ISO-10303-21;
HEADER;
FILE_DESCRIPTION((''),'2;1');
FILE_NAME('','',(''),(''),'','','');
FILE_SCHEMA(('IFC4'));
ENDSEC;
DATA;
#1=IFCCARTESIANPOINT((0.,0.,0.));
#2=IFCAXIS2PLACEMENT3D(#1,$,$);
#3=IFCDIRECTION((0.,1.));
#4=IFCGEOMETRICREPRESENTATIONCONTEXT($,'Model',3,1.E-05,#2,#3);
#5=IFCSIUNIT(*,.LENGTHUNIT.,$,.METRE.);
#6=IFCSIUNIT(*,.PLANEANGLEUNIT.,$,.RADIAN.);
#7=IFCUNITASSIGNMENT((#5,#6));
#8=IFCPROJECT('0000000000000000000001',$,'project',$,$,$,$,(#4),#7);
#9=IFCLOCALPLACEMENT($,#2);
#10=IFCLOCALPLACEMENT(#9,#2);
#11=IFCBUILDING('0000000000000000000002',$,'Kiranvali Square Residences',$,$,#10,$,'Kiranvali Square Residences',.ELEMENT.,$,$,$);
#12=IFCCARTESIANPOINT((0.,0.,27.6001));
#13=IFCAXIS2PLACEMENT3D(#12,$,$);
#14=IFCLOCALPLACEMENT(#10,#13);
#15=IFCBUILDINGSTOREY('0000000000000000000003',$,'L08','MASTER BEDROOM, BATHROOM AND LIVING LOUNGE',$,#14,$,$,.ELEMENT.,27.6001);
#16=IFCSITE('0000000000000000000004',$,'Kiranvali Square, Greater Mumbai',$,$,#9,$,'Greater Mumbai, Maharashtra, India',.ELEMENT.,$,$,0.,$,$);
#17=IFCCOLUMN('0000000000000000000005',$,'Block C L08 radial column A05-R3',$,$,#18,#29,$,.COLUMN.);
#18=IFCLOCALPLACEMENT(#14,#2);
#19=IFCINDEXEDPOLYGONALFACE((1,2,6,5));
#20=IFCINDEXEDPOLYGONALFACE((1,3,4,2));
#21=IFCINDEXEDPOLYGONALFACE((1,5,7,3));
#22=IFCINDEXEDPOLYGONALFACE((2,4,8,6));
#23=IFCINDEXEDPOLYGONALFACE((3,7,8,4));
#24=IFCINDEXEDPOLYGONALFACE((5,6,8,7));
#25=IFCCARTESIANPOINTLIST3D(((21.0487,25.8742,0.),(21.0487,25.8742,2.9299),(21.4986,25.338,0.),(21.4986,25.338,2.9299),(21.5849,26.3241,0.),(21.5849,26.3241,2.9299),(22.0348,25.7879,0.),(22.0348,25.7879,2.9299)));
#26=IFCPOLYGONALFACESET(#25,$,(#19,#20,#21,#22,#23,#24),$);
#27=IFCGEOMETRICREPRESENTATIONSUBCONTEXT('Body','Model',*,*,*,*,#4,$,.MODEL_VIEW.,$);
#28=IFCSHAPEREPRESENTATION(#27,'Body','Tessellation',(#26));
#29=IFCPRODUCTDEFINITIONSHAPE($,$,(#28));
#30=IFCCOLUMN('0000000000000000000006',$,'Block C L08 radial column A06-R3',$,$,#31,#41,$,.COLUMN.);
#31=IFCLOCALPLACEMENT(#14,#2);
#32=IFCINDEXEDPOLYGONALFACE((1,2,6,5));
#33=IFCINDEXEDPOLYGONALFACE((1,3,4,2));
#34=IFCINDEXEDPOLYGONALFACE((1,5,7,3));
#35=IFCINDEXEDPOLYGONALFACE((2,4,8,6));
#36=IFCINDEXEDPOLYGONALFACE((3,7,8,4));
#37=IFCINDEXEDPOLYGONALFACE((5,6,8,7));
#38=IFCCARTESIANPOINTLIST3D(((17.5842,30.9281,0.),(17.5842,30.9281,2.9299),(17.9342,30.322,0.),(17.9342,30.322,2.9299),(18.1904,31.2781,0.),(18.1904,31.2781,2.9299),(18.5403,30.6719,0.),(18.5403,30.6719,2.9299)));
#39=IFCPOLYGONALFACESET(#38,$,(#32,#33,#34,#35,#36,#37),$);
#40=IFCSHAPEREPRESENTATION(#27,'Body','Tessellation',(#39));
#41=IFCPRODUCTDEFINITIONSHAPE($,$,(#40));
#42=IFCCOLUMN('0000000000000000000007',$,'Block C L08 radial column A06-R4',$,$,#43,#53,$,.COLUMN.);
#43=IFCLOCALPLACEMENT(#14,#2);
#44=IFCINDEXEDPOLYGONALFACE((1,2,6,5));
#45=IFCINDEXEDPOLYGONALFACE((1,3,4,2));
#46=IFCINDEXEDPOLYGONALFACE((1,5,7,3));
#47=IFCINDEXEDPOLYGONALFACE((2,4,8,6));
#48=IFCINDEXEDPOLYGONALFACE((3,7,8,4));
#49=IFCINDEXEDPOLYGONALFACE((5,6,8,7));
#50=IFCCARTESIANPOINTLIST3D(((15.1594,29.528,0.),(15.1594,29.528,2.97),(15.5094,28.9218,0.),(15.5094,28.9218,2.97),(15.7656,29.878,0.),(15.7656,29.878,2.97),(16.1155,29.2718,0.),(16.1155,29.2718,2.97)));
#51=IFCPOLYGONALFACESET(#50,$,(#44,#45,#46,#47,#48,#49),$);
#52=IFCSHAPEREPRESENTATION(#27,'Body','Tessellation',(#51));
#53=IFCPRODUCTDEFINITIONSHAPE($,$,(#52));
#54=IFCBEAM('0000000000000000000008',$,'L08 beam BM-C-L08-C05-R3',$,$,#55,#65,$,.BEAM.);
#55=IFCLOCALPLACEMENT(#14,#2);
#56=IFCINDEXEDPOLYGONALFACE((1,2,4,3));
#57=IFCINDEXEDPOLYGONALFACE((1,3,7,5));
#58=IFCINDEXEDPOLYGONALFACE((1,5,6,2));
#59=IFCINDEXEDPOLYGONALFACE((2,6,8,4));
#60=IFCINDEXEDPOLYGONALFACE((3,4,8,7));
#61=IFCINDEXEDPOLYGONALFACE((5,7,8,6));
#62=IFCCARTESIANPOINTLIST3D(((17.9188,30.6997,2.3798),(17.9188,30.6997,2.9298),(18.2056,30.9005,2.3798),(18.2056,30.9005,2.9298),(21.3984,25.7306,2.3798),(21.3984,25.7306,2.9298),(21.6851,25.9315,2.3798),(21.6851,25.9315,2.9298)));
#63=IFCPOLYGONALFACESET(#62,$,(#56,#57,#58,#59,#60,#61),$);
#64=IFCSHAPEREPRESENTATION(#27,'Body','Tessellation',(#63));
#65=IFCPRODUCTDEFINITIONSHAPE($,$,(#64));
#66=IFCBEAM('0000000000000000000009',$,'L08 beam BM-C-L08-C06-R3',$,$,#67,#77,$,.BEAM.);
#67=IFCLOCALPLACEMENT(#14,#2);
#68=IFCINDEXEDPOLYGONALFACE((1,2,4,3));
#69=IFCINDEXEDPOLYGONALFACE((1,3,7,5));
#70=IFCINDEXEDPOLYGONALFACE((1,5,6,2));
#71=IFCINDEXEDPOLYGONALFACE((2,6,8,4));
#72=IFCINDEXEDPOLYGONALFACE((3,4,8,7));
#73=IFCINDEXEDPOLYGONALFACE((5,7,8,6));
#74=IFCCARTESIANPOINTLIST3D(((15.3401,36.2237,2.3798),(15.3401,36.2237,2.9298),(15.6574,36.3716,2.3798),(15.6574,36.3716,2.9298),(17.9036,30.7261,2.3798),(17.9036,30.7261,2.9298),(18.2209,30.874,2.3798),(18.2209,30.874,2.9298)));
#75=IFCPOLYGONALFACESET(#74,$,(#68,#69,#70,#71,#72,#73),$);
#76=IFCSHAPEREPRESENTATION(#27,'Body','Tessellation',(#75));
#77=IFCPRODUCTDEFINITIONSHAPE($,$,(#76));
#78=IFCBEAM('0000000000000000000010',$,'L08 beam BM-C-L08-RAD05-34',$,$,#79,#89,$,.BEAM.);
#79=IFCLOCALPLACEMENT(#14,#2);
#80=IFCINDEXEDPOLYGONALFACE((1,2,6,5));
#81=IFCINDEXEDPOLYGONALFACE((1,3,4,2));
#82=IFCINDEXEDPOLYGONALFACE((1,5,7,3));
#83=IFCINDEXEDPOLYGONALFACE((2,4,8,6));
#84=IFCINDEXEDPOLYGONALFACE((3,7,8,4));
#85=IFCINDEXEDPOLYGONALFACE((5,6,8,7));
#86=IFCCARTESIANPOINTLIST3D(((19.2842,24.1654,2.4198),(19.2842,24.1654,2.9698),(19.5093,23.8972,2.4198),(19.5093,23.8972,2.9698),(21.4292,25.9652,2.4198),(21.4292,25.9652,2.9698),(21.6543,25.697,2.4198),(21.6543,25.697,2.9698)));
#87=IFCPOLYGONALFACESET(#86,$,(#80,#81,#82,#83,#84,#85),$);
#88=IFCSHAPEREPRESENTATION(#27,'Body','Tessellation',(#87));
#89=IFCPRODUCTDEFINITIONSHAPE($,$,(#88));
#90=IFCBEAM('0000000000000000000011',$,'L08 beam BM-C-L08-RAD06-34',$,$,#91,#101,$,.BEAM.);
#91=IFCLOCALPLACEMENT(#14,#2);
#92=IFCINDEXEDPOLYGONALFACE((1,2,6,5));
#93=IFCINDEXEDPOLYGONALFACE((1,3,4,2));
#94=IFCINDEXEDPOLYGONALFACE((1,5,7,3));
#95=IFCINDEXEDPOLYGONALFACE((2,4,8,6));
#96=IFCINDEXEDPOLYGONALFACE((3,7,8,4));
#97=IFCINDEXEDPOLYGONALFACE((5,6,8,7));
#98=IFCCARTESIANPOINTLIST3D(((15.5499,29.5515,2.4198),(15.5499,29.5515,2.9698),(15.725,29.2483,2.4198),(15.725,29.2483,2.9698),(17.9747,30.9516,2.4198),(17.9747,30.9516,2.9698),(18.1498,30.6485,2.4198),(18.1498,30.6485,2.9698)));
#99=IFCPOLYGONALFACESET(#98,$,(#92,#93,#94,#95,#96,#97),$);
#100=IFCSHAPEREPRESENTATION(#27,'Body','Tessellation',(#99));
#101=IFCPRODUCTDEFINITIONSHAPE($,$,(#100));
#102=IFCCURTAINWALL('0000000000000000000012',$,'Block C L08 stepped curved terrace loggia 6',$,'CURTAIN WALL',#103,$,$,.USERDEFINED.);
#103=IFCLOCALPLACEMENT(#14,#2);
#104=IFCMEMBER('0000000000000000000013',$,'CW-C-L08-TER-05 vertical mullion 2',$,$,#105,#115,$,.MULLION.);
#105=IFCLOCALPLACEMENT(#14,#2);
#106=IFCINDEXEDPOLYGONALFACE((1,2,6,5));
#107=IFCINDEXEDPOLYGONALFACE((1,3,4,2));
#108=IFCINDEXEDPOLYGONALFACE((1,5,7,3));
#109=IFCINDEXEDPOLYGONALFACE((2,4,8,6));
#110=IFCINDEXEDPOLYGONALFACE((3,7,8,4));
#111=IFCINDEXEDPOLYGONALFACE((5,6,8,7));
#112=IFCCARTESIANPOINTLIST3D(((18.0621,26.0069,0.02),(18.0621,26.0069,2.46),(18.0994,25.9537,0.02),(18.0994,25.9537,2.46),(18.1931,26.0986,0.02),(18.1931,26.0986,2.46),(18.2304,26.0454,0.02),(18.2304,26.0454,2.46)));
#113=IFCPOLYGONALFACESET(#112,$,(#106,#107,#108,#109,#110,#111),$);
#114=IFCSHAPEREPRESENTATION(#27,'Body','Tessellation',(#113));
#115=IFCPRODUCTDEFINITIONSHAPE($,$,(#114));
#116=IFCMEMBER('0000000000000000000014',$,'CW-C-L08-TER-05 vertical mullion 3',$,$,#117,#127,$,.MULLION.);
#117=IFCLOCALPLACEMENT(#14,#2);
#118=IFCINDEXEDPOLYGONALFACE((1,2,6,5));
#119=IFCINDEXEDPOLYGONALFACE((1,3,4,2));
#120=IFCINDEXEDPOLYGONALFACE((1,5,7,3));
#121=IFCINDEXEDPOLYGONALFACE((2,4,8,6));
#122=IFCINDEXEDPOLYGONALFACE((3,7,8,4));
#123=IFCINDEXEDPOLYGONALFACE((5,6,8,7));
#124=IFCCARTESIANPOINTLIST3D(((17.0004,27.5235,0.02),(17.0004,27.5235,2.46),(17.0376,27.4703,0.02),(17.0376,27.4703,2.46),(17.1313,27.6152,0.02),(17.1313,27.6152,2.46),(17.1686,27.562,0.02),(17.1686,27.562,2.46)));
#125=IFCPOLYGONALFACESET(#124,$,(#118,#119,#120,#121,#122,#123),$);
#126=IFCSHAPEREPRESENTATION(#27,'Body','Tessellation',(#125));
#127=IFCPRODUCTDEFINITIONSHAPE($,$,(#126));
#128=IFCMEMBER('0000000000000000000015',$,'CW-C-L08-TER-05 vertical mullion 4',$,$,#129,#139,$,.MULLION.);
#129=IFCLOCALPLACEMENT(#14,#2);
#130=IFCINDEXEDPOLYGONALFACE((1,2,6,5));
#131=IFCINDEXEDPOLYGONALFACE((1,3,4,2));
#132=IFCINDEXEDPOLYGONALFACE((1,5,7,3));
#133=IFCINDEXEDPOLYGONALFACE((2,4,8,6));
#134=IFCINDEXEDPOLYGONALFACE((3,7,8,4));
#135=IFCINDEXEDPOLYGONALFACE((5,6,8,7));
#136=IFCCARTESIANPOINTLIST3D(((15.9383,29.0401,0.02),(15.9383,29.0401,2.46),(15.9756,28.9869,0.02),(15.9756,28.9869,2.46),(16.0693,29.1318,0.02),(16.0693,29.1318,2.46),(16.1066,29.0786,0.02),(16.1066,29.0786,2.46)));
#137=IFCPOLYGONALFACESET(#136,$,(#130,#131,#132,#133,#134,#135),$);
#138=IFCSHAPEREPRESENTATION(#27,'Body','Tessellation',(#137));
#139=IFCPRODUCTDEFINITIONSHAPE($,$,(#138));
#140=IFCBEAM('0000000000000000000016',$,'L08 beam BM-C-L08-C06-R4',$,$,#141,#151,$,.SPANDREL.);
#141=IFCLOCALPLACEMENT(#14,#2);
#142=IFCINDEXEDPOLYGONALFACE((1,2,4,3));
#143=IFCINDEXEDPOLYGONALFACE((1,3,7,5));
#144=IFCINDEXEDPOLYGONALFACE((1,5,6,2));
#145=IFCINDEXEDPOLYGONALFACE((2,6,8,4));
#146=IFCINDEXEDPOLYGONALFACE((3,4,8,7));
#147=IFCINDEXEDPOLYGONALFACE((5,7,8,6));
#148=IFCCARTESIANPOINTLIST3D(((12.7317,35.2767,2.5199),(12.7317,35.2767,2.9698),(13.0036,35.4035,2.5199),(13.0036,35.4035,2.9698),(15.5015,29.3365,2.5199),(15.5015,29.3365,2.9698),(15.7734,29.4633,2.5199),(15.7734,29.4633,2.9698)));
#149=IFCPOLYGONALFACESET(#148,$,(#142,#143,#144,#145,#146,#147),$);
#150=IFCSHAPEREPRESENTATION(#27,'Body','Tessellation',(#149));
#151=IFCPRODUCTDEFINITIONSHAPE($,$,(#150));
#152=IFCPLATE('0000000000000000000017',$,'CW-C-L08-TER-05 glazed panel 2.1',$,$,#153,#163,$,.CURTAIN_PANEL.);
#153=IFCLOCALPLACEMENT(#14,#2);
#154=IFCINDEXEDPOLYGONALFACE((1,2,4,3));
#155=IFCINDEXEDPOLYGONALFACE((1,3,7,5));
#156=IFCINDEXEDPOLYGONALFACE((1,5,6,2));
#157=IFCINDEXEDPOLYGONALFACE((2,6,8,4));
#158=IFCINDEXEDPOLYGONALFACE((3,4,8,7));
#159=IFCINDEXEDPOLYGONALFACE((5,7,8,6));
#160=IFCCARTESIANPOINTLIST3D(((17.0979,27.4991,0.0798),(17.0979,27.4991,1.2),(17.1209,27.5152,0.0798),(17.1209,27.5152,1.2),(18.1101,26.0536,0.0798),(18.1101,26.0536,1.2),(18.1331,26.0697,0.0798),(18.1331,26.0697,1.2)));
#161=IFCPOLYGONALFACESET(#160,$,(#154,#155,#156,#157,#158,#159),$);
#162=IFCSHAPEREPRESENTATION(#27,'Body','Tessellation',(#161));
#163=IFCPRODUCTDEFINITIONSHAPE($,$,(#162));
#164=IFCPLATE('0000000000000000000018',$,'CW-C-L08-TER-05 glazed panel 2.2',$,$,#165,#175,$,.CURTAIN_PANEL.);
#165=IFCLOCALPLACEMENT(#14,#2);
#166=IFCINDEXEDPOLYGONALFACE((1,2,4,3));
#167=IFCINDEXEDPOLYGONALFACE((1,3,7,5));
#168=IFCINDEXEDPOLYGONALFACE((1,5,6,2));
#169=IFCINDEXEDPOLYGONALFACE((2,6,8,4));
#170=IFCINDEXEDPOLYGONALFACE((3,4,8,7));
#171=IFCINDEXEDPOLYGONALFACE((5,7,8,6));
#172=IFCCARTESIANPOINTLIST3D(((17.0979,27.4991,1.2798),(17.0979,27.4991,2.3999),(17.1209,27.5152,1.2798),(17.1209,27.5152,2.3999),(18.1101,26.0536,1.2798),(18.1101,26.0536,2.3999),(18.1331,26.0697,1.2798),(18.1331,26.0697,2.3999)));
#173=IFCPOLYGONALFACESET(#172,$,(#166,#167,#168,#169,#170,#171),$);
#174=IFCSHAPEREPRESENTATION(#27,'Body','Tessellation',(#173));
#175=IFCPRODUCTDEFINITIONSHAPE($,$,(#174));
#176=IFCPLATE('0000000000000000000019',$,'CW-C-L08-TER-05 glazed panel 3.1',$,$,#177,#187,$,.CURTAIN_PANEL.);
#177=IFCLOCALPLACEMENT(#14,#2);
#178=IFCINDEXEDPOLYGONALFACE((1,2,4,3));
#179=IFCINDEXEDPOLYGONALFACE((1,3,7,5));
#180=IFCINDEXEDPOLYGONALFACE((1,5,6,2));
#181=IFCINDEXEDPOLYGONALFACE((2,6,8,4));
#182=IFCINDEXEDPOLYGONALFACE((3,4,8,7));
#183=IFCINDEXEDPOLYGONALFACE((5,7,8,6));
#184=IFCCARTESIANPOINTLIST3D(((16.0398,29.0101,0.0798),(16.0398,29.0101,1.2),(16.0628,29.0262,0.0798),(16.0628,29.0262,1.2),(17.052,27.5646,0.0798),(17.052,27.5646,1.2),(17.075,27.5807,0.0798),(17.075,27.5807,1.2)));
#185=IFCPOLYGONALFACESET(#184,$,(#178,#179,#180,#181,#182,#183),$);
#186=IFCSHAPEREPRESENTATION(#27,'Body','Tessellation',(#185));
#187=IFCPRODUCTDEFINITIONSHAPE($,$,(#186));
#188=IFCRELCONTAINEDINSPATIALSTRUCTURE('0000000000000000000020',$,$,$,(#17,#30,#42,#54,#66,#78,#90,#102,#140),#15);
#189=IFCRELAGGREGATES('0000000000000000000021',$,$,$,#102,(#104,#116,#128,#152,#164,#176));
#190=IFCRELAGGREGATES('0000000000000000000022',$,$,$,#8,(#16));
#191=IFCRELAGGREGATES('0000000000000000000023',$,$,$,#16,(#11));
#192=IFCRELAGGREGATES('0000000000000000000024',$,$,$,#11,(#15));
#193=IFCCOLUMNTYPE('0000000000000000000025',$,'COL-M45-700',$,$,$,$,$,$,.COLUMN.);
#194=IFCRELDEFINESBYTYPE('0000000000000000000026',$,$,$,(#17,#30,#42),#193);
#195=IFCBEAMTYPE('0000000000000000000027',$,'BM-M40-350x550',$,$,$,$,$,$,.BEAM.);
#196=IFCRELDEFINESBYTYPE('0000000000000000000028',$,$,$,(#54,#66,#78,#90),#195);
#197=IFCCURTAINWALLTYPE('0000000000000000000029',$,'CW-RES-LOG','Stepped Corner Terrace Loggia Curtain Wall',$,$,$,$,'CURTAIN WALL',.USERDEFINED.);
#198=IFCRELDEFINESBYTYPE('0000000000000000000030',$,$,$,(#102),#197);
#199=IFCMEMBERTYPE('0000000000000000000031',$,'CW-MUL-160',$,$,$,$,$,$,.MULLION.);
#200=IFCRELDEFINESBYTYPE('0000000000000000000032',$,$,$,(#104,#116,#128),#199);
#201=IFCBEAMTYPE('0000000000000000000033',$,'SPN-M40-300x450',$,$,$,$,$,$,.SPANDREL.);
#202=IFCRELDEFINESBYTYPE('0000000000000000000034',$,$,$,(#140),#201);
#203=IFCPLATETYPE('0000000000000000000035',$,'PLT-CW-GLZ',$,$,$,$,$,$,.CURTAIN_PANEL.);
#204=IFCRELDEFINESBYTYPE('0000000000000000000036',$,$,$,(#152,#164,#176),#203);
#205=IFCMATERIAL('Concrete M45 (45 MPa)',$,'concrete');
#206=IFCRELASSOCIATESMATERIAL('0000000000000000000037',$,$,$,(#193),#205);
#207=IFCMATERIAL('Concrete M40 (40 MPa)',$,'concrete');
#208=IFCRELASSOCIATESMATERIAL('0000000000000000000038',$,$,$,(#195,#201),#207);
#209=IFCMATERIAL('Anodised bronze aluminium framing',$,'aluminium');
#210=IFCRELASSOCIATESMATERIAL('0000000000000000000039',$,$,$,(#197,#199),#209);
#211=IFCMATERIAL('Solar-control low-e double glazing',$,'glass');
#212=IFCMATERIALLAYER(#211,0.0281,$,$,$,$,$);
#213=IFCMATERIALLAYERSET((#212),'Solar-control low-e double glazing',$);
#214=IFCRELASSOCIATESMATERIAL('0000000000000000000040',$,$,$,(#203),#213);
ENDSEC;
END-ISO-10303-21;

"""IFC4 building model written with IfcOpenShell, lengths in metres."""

from ifc_helpers import new_model, si_unit, direction, frame, origin, origin_2d, place, context, subcontext, project, spatial, rectangle, extrude, material, layer, layer_set, material_profile, profile_set, type_object, element, aggregate, save


model = new_model("IFC4")

# Units and contexts
model_context = context("Model", 3, precision=1e-05, world=origin(), true_north=direction((0.0, 1.0)))
body_context = subcontext(model_context, "Body", "Model", "MODEL_VIEW")
ifc_project = project(units=[si_unit("LENGTHUNIT", "METRE"), si_unit("PLANEANGLEUNIT", "RADIAN")], contexts=[model_context])

# Site, building, storey
site_placement = place(None, origin())
site = spatial("IfcSite", under=ifc_project, at=site_placement, Name="Kiranvali Square, Greater Mumbai", LongName="Greater Mumbai, Maharashtra, India", CompositionType="ELEMENT", RefElevation=0.0)
building_placement = place(site_placement, origin())
building = spatial("IfcBuilding", under=site, at=building_placement, Name="Kiranvali Square Residences", LongName="Kiranvali Square Residences", CompositionType="ELEMENT")
storey_placement = place(building_placement, frame((0.0, 0.0, 27.6001)))
storey = spatial("IfcBuildingStorey", under=building, at=storey_placement, Name="L08", Description="MASTER BEDROOM, BATHROOM AND LIVING LOUNGE", CompositionType="ELEMENT", Elevation=27.6001)

# Columns
ifc_material_1 = material(Name="Concrete M45 (45 MPa)", Category="concrete")
ifc_material_profile_1 = material_profile(ifc_material_1, rectangle(XDim=0.7, YDim=0.7, at=origin_2d()), Name="RC 700x700")
ifc_profile_set_1 = profile_set([ifc_material_profile_1], Name="Concrete M45 (45 MPa)")
column_type = type_object("IfcColumnType", Name="COL-M45-700", PredefinedType="COLUMN", material=ifc_profile_set_1)
for number, where, z_axis, x_axis, name in (
    (1, (21.5417, 25.8311, 0.0), (0.0, 0.0, 1.0), (-0.642788, 0.766044, 0.0), "Block C L08 radial column A05-R3"),
    (2, (18.0623, 30.8, 0.0), (0.0, 0.0, 1.0), (-0.5, 0.866025, 0.0), "Block C L08 radial column A06-R3"),
):
    element("IfcColumn", number, at=place(storey_placement, frame(where, z_axis=z_axis, x_axis=x_axis)), inside=storey, type_object=column_type, Name=name, PredefinedType="COLUMN", context=body_context, shape_type="SweptSolid", body=[
        extrude(rectangle(XDim=0.7, YDim=0.7, at=origin_2d()), origin(), (0.0, 0.0, 1.0), 2.9299),
    ])
column_placement = place(storey_placement, frame((15.6375, 29.3999, 0.0), z_axis=(0.0, 0.0, 1.0), x_axis=(-0.5, 0.866025, 0.0)))
element("IfcColumn", 3, at=column_placement, inside=storey, type_object=column_type, Name="Block C L08 radial column A06-R4", PredefinedType="COLUMN", context=body_context, shape_type="SweptSolid", body=[
    extrude(rectangle(XDim=0.7, YDim=0.7, at=origin_2d()), origin(), (0.0, 0.0, 1.0), 2.97),
])

# Beams
ifc_material_2 = material(Name="Concrete M40 (40 MPa)", Category="concrete")
ifc_material_profile_2 = material_profile(ifc_material_2, rectangle(XDim=0.3501, YDim=0.55, at=origin_2d()), Name="RC 350x550")
ifc_profile_set_2 = profile_set([ifc_material_profile_2], Name="Concrete M40 (40 MPa)")
beam_type_1 = type_object("IfcBeamType", Name="BM-M40-350x550", PredefinedType="BEAM", material=ifc_profile_set_2)
beam_1_placement = place(storey_placement, frame((21.5417, 25.8311, 2.6548), z_axis=(-0.573595, 0.819139, 0.0), x_axis=(-0.819139, -0.573595, 0.0)))
element("IfcBeam", 4, at=beam_1_placement, inside=storey, type_object=beam_type_1, Name="L08 beam BM-C-L08-C05-R3", PredefinedType="BEAM", context=body_context, shape_type="SweptSolid", body=[
    extrude(rectangle(XDim=0.3501, YDim=0.55, at=origin_2d()), origin(), (0.0, 0.0, 1.0), 6.0662),
])
beam_2_placement = place(storey_placement, frame((18.0623, 30.8, 2.6548), z_axis=(-0.422608, 0.906313, 0.0), x_axis=(-0.906313, -0.422608, 0.0)))
element("IfcBeam", 5, at=beam_2_placement, inside=storey, type_object=beam_type_1, Name="L08 beam BM-C-L08-C06-R3", PredefinedType="BEAM", context=body_context, shape_type="SweptSolid", body=[
    extrude(rectangle(XDim=0.3501, YDim=0.55, at=origin_2d()), origin(), (0.0, 0.0, 1.0), 6.0659),
])
for number, where, z_axis, x_axis, name in (
    (6, (21.5417, 25.8311, 2.6948), (-0.766059, -0.642771, 0.0), (0.642771, -0.766059, 0.0), "L08 beam BM-C-L08-RAD05-34"),
    (7, (18.0623, 30.8, 2.6948), (-0.865997, -0.50005, 0.0), (0.50005, -0.865997, 0.0), "L08 beam BM-C-L08-RAD06-34"),
):
    element("IfcBeam", number, at=place(storey_placement, frame(where, z_axis=z_axis, x_axis=x_axis)), inside=storey, type_object=beam_type_1, Name=name, PredefinedType="BEAM", context=body_context, shape_type="SweptSolid", body=[
        extrude(rectangle(XDim=0.3501, YDim=0.55, at=origin_2d()), origin(), (0.0, 0.0, 1.0), 2.8),
    ])

# Curtain wall, members
ifc_material_3 = material(Name="Anodised bronze aluminium framing", Category="aluminium")
curtain_wall_type = type_object("IfcCurtainWallType", Name="CW-RES-LOG", Description="Stepped Corner Terrace Loggia Curtain Wall", ElementType="CURTAIN WALL", PredefinedType="USERDEFINED", material=ifc_material_3)
curtain_wall_placement = place(storey_placement, origin())
curtain_wall = element("IfcCurtainWall", 8, at=curtain_wall_placement, inside=storey, type_object=curtain_wall_type, Name="Block C L08 stepped curved terrace loggia 6", ObjectType="CURTAIN WALL", PredefinedType="USERDEFINED")
ifc_material_profile_3 = material_profile(ifc_material_3, rectangle(XDim=0.0649, YDim=0.1599, at=origin_2d()), Name="ALU 65x160")
ifc_profile_set_3 = profile_set([ifc_material_profile_3], Name="Anodised bronze aluminium framing")
member_type = type_object("IfcMemberType", Name="CW-MUL-160", PredefinedType="MULLION", material=ifc_profile_set_3)
member_1_placement = place(storey_placement, frame((18.1462, 26.0261, 0.02), z_axis=(0.0, 0.0, 1.0), x_axis=(-0.573576, 0.819152, 0.0)))
member_1 = element("IfcMember", 9, at=member_1_placement, type_object=member_type, Name="CW-C-L08-TER-05 vertical mullion 2", PredefinedType="MULLION", context=body_context, shape_type="SweptSolid", body=[
    extrude(rectangle(XDim=0.0649, YDim=0.1599, at=origin_2d()), origin(), (0.0, 0.0, 1.0), 2.4399),
])
member_2_placement = place(storey_placement, frame((17.0845, 27.5427, 0.02), z_axis=(0.0, 0.0, 1.0), x_axis=(-0.573576, 0.819152, 0.0)))
member_2 = element("IfcMember", 10, at=member_2_placement, type_object=member_type, Name="CW-C-L08-TER-05 vertical mullion 3", PredefinedType="MULLION", context=body_context, shape_type="SweptSolid", body=[
    extrude(rectangle(XDim=0.0649, YDim=0.1599, at=origin_2d()), origin(), (0.0, 0.0, 1.0), 2.4399),
])
member_3_placement = place(storey_placement, frame((16.0225, 29.0593, 0.02), z_axis=(0.0, 0.0, 1.0), x_axis=(-0.573576, 0.819152, 0.0)))
member_3 = element("IfcMember", 11, at=member_3_placement, type_object=member_type, Name="CW-C-L08-TER-05 vertical mullion 4", PredefinedType="MULLION", context=body_context, shape_type="SweptSolid", body=[
    extrude(rectangle(XDim=0.0649, YDim=0.1599, at=origin_2d()), origin(), (0.0, 0.0, 1.0), 2.4399),
])

# Beam
ifc_material_profile_4 = material_profile(ifc_material_2, rectangle(XDim=0.3, YDim=0.45, at=origin_2d()), Name="RC 300x450")
ifc_profile_set_4 = profile_set([ifc_material_profile_4], Name="Concrete M40 (40 MPa)")
beam_type_2 = type_object("IfcBeamType", Name="SPN-M40-300x450", PredefinedType="SPANDREL", material=ifc_profile_set_4)
beam_3_placement = place(storey_placement, frame((15.6375, 29.3999, 2.7449), z_axis=(-0.422596, 0.906318, 0.0), x_axis=(-0.906318, -0.422596, 0.0)))
element("IfcBeam", 12, at=beam_3_placement, inside=storey, type_object=beam_type_2, Name="L08 beam BM-C-L08-C06-R4", PredefinedType="SPANDREL", context=body_context, shape_type="SweptSolid", body=[
    extrude(rectangle(XDim=0.3, YDim=0.45, at=origin_2d()), origin(), (0.0, 0.0, 1.0), 6.5542),
])

# Plates
ifc_material_4 = material(Name="Solar-control low-e double glazing", Category="glass")
ifc_layer_1 = layer(ifc_material_4, 0.0281)
ifc_layer_set_1 = layer_set([ifc_layer_1], Name="Solar-control low-e double glazing")
plate_type = type_object("IfcPlateType", Name="PLT-CW-GLZ", PredefinedType="CURTAIN_PANEL", material=ifc_layer_set_1)
plate_1_placement = place(storey_placement, frame((17.6155, 26.7844, 0.0798), z_axis=(0.0, 0.0, 1.0), x_axis=(-0.573576, 0.819152, 0.0)))
plate_1 = element("IfcPlate", 13, at=plate_1_placement, type_object=plate_type, Name="CW-C-L08-TER-05 glazed panel 2.1", PredefinedType="CURTAIN_PANEL", context=body_context, shape_type="SweptSolid", body=[
    extrude(rectangle(XDim=1.7646, YDim=0.0281, at=origin_2d()), origin(), (0.0, 0.0, 1.0), 1.1201),
])
plate_2_placement = place(storey_placement, frame((17.6155, 26.7844, 1.2798), z_axis=(0.0, 0.0, 1.0), x_axis=(-0.573576, 0.819152, 0.0)))
plate_2 = element("IfcPlate", 14, at=plate_2_placement, type_object=plate_type, Name="CW-C-L08-TER-05 glazed panel 2.2", PredefinedType="CURTAIN_PANEL", context=body_context, shape_type="SweptSolid", body=[
    extrude(rectangle(XDim=1.7646, YDim=0.0281, at=origin_2d()), origin(), (0.0, 0.0, 1.0), 1.1201),
])
plate_3_placement = place(storey_placement, frame((16.5574, 28.2954, 0.0798), z_axis=(0.0, 0.0, 1.0), x_axis=(-0.573576, 0.819152, 0.0)))
plate_3 = element("IfcPlate", 15, at=plate_3_placement, type_object=plate_type, Name="CW-C-L08-TER-05 glazed panel 3.1", PredefinedType="CURTAIN_PANEL", context=body_context, shape_type="SweptSolid", body=[
    extrude(rectangle(XDim=1.7646, YDim=0.0281, at=origin_2d()), origin(), (0.0, 0.0, 1.0), 1.1201),
])
aggregate(curtain_wall, [member_1, member_2, member_3, plate_1, plate_2, plate_3])

save(model, "model.ifc")
